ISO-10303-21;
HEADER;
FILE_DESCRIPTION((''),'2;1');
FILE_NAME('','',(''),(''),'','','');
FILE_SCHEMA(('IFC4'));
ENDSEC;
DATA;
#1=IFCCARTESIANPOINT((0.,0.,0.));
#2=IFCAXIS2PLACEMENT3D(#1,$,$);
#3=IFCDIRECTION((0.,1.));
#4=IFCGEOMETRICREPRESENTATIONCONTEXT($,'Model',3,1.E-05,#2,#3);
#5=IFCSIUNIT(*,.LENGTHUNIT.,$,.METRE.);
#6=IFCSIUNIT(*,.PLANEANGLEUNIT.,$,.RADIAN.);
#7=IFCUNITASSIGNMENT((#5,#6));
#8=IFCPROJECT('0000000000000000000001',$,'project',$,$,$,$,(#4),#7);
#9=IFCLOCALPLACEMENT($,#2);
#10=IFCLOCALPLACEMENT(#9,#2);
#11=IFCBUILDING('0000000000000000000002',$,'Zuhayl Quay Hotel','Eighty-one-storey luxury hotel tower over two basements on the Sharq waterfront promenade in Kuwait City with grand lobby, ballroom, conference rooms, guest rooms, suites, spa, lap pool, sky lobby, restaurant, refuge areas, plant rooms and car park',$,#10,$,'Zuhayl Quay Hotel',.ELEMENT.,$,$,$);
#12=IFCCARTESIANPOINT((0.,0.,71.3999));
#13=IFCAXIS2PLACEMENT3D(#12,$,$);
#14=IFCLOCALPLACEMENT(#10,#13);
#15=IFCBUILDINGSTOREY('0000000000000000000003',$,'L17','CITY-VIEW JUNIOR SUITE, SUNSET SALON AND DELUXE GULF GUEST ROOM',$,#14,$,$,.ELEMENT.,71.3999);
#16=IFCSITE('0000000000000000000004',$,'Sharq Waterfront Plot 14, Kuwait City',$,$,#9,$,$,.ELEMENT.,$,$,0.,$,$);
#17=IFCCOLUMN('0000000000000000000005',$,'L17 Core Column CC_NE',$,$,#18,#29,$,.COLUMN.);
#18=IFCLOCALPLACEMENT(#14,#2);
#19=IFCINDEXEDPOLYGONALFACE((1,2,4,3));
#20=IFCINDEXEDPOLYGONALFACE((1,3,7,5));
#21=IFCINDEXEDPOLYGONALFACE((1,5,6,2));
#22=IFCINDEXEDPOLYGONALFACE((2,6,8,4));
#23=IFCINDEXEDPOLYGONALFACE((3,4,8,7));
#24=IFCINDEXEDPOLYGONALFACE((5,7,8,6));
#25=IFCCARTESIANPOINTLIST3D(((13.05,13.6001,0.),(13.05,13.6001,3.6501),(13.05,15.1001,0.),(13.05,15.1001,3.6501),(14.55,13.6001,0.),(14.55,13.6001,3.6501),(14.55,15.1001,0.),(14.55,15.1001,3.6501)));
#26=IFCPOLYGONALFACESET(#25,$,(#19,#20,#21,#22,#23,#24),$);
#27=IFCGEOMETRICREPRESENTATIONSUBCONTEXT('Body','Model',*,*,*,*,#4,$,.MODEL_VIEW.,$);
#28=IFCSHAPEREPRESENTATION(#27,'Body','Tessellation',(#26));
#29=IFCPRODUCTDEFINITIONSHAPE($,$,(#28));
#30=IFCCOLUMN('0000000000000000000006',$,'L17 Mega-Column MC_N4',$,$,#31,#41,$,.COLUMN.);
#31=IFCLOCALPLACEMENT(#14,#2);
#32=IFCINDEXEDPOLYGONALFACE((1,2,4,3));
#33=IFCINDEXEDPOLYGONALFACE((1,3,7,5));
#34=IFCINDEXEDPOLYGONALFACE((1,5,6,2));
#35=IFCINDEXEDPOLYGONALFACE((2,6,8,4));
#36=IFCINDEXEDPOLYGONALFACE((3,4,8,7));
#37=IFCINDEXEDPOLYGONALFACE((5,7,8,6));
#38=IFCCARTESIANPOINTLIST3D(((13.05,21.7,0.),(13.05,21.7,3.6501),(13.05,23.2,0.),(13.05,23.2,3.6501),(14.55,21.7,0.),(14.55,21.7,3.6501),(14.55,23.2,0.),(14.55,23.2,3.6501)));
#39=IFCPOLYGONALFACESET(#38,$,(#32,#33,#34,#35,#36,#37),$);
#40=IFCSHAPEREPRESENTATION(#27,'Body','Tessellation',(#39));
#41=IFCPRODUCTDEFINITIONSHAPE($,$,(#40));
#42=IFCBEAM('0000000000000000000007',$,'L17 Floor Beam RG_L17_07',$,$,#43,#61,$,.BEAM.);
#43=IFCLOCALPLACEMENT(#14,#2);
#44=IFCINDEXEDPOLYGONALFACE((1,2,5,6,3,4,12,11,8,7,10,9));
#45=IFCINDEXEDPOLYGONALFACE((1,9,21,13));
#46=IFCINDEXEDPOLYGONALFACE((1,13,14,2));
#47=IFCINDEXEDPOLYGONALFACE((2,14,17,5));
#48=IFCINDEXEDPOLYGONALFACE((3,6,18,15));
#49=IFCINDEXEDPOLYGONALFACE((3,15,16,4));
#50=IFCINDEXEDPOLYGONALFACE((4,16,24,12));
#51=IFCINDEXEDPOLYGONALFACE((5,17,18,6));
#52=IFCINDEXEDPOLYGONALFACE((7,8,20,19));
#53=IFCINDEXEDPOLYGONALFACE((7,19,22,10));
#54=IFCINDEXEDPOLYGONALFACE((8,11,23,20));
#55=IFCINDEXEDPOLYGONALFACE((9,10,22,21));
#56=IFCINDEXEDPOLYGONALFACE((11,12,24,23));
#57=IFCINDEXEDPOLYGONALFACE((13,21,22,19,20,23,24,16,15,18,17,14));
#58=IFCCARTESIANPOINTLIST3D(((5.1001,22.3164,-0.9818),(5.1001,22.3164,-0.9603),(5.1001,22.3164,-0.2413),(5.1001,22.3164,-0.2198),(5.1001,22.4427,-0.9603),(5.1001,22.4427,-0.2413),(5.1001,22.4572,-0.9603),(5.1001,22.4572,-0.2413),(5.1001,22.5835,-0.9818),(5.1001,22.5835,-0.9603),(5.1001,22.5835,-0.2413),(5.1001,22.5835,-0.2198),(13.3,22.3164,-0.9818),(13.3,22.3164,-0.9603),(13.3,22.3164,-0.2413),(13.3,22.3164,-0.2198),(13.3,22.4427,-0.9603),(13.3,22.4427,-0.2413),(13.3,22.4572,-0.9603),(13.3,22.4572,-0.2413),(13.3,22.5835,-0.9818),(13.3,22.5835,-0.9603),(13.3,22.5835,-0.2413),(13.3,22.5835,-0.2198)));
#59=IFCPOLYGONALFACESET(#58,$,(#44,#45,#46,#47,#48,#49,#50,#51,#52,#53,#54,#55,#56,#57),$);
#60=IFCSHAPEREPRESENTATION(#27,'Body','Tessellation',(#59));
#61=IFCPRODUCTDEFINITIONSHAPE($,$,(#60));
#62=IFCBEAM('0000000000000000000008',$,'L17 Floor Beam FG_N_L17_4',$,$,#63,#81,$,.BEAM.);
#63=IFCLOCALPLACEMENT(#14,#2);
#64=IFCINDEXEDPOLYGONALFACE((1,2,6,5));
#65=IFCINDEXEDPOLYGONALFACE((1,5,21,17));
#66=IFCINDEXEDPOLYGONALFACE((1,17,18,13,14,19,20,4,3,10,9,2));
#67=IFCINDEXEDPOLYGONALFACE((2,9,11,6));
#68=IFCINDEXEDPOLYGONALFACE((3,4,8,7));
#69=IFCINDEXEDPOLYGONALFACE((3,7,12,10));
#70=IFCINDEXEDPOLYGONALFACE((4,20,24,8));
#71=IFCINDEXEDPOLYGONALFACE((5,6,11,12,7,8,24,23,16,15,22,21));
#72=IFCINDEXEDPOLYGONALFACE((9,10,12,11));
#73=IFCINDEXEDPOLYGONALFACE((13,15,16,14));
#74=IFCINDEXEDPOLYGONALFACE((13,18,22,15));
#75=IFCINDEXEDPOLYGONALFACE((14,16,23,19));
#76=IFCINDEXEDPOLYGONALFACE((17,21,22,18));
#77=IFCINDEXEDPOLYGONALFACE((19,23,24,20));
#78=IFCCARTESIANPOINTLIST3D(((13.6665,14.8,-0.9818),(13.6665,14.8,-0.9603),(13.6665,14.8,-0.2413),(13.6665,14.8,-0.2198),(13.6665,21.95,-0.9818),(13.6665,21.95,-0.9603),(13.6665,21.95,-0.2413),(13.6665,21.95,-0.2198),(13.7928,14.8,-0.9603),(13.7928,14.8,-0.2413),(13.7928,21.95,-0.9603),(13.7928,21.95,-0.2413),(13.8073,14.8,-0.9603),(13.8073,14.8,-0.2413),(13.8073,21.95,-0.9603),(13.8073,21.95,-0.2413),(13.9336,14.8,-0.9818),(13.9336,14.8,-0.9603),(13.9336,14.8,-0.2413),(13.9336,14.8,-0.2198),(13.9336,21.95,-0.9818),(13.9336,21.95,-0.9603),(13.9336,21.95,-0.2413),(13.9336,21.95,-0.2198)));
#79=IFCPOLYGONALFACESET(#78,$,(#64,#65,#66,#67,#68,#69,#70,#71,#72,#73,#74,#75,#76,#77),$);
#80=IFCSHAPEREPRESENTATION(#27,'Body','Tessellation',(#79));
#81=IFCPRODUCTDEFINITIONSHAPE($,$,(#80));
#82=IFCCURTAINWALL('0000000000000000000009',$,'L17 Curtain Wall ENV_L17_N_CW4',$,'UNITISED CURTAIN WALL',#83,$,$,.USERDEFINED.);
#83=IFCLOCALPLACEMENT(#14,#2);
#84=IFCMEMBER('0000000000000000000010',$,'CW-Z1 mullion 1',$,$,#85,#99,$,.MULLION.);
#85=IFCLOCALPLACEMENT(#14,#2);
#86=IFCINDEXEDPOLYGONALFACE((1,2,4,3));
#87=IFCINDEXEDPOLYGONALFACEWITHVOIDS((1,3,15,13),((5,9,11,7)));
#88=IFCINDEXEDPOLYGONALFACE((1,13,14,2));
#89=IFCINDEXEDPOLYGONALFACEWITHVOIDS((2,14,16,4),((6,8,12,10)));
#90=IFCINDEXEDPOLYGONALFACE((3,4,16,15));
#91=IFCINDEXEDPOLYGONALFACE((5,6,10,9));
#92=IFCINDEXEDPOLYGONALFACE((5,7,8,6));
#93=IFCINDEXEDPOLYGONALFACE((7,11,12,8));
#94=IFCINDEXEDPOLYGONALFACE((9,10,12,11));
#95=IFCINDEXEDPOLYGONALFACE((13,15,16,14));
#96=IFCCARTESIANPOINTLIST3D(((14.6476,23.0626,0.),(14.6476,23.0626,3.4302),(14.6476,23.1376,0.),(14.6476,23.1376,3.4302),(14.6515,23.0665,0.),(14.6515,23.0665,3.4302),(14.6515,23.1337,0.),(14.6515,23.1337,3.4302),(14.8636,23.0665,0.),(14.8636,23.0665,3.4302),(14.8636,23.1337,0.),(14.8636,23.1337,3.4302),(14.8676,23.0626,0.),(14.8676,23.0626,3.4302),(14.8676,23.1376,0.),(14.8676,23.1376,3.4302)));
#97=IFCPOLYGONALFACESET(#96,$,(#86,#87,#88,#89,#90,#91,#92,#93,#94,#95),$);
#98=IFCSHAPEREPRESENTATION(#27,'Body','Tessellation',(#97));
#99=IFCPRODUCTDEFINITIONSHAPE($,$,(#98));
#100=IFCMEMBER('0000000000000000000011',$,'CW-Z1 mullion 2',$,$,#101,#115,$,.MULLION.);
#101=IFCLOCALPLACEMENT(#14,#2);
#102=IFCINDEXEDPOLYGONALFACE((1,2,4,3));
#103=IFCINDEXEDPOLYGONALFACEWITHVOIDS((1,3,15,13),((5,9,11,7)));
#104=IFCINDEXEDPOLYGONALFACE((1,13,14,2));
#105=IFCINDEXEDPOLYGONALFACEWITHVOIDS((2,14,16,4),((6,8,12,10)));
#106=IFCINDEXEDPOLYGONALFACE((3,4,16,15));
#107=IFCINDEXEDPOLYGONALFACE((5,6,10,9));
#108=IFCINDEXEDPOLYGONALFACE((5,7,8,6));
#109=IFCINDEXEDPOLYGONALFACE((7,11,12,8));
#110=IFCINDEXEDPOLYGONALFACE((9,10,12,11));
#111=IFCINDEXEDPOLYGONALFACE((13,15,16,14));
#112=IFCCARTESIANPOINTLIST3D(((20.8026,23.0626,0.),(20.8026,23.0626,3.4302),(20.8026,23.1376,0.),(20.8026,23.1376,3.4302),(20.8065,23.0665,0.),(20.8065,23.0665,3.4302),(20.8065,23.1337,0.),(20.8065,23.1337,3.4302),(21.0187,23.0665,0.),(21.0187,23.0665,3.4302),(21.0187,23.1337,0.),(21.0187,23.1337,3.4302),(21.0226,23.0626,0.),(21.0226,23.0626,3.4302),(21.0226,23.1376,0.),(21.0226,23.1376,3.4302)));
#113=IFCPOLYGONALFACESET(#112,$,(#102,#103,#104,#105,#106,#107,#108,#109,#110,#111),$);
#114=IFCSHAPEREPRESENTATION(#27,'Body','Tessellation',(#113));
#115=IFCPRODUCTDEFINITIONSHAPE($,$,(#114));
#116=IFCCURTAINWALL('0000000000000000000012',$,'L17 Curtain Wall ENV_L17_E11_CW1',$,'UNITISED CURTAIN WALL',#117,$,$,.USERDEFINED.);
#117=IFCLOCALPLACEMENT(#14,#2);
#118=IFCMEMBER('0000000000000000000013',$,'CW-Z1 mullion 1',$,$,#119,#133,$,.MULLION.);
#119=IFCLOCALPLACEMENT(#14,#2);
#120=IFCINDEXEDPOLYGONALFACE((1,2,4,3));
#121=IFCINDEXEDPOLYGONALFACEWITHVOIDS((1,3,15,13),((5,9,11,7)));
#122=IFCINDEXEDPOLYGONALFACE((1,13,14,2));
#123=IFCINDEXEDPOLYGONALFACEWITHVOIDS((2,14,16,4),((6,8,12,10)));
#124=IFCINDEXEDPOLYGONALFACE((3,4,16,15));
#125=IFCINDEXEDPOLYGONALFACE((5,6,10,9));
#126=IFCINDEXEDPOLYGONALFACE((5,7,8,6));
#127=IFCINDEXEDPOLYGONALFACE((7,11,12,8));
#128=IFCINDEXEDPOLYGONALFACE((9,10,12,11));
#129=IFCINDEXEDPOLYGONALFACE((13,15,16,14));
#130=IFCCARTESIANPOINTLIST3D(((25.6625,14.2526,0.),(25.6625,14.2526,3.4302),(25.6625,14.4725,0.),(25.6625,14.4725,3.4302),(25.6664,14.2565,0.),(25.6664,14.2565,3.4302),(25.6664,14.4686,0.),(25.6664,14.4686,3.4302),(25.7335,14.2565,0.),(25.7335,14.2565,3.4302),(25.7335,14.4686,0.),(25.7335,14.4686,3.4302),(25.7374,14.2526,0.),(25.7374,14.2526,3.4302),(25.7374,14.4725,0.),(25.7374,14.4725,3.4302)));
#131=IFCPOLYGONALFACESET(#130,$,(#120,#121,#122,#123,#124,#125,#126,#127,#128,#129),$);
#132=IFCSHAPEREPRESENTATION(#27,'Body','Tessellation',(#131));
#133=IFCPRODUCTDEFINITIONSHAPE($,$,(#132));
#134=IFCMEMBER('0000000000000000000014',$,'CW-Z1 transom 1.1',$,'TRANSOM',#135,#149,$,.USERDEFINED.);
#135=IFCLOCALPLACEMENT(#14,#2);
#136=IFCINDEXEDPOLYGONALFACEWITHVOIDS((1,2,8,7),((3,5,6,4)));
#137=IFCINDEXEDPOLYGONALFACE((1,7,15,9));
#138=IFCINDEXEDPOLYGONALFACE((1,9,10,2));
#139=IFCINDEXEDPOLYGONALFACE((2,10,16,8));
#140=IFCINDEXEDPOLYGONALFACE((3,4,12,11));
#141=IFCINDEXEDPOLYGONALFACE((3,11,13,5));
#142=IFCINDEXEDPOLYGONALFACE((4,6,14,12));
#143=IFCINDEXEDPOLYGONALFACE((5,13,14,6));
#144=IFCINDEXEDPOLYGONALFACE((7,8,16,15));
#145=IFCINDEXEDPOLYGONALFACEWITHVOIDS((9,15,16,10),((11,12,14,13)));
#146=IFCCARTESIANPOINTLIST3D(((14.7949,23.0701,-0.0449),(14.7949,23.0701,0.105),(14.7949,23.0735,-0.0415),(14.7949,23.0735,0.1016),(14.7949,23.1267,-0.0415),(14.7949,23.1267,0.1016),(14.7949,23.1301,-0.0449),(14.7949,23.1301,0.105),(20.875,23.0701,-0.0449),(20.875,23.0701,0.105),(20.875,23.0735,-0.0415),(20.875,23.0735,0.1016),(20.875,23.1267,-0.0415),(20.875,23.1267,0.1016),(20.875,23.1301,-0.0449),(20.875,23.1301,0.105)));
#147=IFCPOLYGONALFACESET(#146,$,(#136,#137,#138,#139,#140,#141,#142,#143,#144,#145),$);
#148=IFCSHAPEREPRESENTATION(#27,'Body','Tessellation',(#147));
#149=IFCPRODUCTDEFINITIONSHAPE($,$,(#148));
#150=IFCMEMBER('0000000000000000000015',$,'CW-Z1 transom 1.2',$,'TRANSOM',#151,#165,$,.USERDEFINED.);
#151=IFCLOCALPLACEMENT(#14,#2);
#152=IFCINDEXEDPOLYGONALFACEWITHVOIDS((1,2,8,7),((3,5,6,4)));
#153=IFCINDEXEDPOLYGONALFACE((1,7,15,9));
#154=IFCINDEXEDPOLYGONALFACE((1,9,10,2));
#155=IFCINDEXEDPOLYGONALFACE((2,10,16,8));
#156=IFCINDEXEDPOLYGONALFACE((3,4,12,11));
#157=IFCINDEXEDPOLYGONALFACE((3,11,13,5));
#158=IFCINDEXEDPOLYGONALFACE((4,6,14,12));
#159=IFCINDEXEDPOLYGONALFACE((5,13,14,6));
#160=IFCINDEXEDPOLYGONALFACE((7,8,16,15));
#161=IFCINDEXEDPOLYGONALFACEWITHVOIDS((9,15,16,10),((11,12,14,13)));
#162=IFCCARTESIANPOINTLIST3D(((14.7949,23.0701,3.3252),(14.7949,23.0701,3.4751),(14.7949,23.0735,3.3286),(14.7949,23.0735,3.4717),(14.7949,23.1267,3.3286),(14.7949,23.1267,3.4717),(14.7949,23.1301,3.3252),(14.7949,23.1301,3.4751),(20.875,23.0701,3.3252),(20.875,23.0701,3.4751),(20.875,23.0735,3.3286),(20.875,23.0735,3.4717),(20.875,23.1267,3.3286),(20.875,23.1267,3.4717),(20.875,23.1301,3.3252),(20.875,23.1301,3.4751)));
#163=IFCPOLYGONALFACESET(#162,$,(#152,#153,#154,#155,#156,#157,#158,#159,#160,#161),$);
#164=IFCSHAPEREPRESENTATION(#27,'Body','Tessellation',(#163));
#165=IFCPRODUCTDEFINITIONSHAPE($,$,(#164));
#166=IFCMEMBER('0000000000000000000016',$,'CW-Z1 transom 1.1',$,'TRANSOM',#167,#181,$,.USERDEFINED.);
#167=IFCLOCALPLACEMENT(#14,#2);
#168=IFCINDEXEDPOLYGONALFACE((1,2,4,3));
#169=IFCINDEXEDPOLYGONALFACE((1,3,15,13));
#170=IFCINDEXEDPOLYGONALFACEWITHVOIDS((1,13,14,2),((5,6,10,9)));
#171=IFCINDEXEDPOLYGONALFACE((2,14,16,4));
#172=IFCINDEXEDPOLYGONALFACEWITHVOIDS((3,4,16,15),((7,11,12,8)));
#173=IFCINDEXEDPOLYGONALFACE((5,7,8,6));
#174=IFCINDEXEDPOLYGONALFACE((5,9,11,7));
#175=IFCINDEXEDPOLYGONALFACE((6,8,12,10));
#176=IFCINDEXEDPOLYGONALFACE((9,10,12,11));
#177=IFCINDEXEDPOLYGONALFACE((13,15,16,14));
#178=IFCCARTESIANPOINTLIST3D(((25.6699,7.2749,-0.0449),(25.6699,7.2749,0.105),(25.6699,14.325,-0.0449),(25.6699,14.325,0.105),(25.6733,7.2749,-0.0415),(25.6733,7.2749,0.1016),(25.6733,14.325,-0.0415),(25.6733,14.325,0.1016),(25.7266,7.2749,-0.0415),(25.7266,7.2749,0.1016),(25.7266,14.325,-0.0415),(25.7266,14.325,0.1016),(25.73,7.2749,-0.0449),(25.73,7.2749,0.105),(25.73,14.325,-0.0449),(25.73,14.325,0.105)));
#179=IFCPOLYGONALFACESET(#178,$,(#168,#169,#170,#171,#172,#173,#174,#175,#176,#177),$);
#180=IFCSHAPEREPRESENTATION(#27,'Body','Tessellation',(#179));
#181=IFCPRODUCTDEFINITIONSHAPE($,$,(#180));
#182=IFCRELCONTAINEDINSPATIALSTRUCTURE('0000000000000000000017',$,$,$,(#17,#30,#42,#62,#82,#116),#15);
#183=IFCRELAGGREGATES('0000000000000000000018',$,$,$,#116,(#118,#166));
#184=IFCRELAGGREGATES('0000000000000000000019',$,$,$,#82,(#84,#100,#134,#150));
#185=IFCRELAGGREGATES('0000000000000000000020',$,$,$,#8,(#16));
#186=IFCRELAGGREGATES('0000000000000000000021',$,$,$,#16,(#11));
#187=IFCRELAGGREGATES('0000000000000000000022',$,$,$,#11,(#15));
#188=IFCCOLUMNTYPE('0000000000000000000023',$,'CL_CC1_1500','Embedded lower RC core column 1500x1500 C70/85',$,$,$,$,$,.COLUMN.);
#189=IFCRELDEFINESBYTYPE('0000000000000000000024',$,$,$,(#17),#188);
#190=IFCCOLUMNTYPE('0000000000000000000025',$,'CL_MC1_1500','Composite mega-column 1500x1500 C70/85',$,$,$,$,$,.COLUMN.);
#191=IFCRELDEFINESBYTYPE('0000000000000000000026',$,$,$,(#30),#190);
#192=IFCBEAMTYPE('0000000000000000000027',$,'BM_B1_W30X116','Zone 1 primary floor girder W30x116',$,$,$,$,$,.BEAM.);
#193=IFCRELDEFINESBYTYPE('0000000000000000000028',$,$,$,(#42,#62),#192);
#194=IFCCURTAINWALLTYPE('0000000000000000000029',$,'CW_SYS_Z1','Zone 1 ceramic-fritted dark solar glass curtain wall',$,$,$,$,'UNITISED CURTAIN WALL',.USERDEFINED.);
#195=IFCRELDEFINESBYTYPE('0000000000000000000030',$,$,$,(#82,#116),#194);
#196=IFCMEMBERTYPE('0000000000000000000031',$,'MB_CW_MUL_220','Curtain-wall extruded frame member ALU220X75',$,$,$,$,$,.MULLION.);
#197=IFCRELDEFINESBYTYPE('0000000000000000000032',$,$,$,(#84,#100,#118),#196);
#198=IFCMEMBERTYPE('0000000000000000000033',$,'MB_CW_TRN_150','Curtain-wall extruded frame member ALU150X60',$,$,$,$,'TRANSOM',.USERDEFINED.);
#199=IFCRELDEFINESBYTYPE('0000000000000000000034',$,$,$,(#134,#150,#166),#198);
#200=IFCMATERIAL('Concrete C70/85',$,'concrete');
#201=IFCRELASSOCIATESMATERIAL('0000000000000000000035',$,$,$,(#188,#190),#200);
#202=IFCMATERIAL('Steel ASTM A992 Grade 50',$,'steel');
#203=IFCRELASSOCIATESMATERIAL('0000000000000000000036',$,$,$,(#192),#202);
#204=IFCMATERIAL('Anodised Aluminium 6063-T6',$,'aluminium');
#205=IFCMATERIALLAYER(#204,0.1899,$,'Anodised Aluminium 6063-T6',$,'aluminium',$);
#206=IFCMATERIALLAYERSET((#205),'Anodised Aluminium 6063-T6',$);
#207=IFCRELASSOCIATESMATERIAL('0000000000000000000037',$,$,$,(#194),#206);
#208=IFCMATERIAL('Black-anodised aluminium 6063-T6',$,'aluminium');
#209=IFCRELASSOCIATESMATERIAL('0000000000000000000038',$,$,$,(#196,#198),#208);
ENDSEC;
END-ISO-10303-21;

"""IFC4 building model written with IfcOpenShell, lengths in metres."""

from ifc_helpers import new_model, si_unit, direction, frame, origin, origin_2d, place, context, subcontext, project, spatial, rectangle, hollow_rectangle, i_section, extrude, material, layer, layer_set, material_profile, profile_set, type_object, element, aggregate, save


model = new_model("IFC4")

# Units and contexts
model_context = context("Model", 3, precision=1e-05, world=origin(), true_north=direction((0.0, 1.0)))
body_context = subcontext(model_context, "Body", "Model", "MODEL_VIEW")
ifc_project = project(units=[si_unit("LENGTHUNIT", "METRE"), si_unit("PLANEANGLEUNIT", "RADIAN")], contexts=[model_context])

# Site, building, storey
site_placement = place(None, origin())
site = spatial("IfcSite", under=ifc_project, at=site_placement, Name="Sharq Waterfront Plot 14, Kuwait City", CompositionType="ELEMENT", RefElevation=0.0)
building_placement = place(site_placement, origin())
building = spatial("IfcBuilding", under=site, at=building_placement, Name="Zuhayl Quay Hotel", Description="Eighty-one-storey luxury hotel tower over two basements on the Sharq waterfront promenade in Kuwait City with grand lobby, ballroom, conference rooms, guest rooms, suites, spa, lap pool, sky lobby, restaurant, refuge areas, plant rooms and car park", LongName="Zuhayl Quay Hotel", CompositionType="ELEMENT")
storey_placement = place(building_placement, frame((0.0, 0.0, 71.3999)))
storey = spatial("IfcBuildingStorey", under=building, at=storey_placement, Name="L17", Description="CITY-VIEW JUNIOR SUITE, SUNSET SALON AND DELUXE GULF GUEST ROOM", CompositionType="ELEMENT", Elevation=71.3999)

# Columns
ifc_material_1 = material(Name="Concrete C70/85", Category="concrete")
ifc_material_profile_1 = material_profile(ifc_material_1, rectangle(XDim=1.5, YDim=1.5, at=origin_2d()), Name="RC1500X1500")
ifc_profile_set_1 = profile_set([ifc_material_profile_1], Name="Concrete C70/85")
column_type_1 = type_object("IfcColumnType", Name="CL_CC1_1500", Description="Embedded lower RC core column 1500x1500 C70/85", PredefinedType="COLUMN", material=ifc_profile_set_1)
column_1_placement = place(storey_placement, frame((13.8, 14.3501, 0.0), z_axis=(0.0, 0.0, 1.0), x_axis=(1.0, 0.0, 0.0)))
element("IfcColumn", 1, at=column_1_placement, inside=storey, type_object=column_type_1, Name="L17 Core Column CC_NE", PredefinedType="COLUMN", context=body_context, shape_type="SweptSolid", body=[
    extrude(rectangle(XDim=1.5, YDim=1.5, at=origin_2d()), origin(), (0.0, 0.0, 1.0), 3.6501),
])
ifc_material_profile_2 = material_profile(ifc_material_1, rectangle(XDim=1.5, YDim=1.5, at=origin_2d()), Name="RC1500X1500")
ifc_profile_set_2 = profile_set([ifc_material_profile_2], Name="Concrete C70/85")
column_type_2 = type_object("IfcColumnType", Name="CL_MC1_1500", Description="Composite mega-column 1500x1500 C70/85", PredefinedType="COLUMN", material=ifc_profile_set_2)
column_2_placement = place(storey_placement, frame((13.8, 22.45, 0.0), z_axis=(0.0, 0.0, 1.0), x_axis=(1.0, 0.0, 0.0)))
element("IfcColumn", 2, at=column_2_placement, inside=storey, type_object=column_type_2, Name="L17 Mega-Column MC_N4", PredefinedType="COLUMN", context=body_context, shape_type="SweptSolid", body=[
    extrude(rectangle(XDim=1.5, YDim=1.5, at=origin_2d()), origin(), (0.0, 0.0, 1.0), 3.6501),
])

# Beams
ifc_material_2 = material(Name="Steel ASTM A992 Grade 50", Category="steel")
ifc_material_profile_3 = material_profile(ifc_material_2, i_section(OverallWidth=0.2671, OverallDepth=0.762, WebThickness=0.0144, FlangeThickness=0.0215, at=origin_2d()), Name="W30X116")
ifc_profile_set_3 = profile_set([ifc_material_profile_3], Name="Steel ASTM A992 Grade 50")
beam_type = type_object("IfcBeamType", Name="BM_B1_W30X116", Description="Zone 1 primary floor girder W30x116", PredefinedType="BEAM", material=ifc_profile_set_3)
beam_1_placement = place(storey_placement, frame((13.3, 22.45, -0.6008), z_axis=(-1.0, 0.0, 0.0), x_axis=(0.0, -1.0, 0.0)))
element("IfcBeam", 3, at=beam_1_placement, inside=storey, type_object=beam_type, Name="L17 Floor Beam RG_L17_07", PredefinedType="BEAM", context=body_context, shape_type="SweptSolid", body=[
    extrude(i_section(OverallWidth=0.2671, OverallDepth=0.762, WebThickness=0.0144, FlangeThickness=0.0215, at=origin_2d()), origin(), (0.0, 0.0, 1.0), 8.2),
])
beam_2_placement = place(storey_placement, frame((13.8, 14.8, -0.6008), z_axis=(0.0, 1.0, 0.0), x_axis=(-1.0, 0.0, 0.0)))
element("IfcBeam", 4, at=beam_2_placement, inside=storey, type_object=beam_type, Name="L17 Floor Beam FG_N_L17_4", PredefinedType="BEAM", context=body_context, shape_type="SweptSolid", body=[
    extrude(i_section(OverallWidth=0.2671, OverallDepth=0.762, WebThickness=0.0144, FlangeThickness=0.0215, at=origin_2d()), origin(), (0.0, 0.0, 1.0), 7.1499),
])

# Curtain wall, members
ifc_material_3 = material(Name="Anodised Aluminium 6063-T6", Category="aluminium")
ifc_layer_1 = layer(ifc_material_3, 0.1899, Name="Anodised Aluminium 6063-T6", Category="aluminium")
ifc_layer_set_1 = layer_set([ifc_layer_1], Name="Anodised Aluminium 6063-T6")
curtain_wall_type = type_object("IfcCurtainWallType", Name="CW_SYS_Z1", Description="Zone 1 ceramic-fritted dark solar glass curtain wall", ElementType="UNITISED CURTAIN WALL", PredefinedType="USERDEFINED", material=ifc_layer_set_1)
curtain_wall_1_placement = place(storey_placement, origin())
curtain_wall_1 = element("IfcCurtainWall", 5, at=curtain_wall_1_placement, inside=storey, type_object=curtain_wall_type, Name="L17 Curtain Wall ENV_L17_N_CW4", ObjectType="UNITISED CURTAIN WALL", PredefinedType="USERDEFINED")
ifc_material_4 = material(Name="Black-anodised aluminium 6063-T6", Category="aluminium")
ifc_material_profile_4 = material_profile(ifc_material_4, hollow_rectangle(XDim=0.075, YDim=0.22, WallThickness=0.0039, at=origin_2d()), Name="ALU220X75")
ifc_profile_set_4 = profile_set([ifc_material_profile_4], Name="Black-anodised aluminium 6063-T6")
member_type_1 = type_object("IfcMemberType", Name="MB_CW_MUL_220", Description="Curtain-wall extruded frame member ALU220X75", PredefinedType="MULLION", material=ifc_profile_set_4)
member_1_placement = place(storey_placement, frame((14.7576, 23.1001, 0.0), z_axis=(0.0, 0.0, 1.0), x_axis=(0.0, 1.0, 0.0)))
member_1 = element("IfcMember", 6, at=member_1_placement, type_object=member_type_1, Name="CW-Z1 mullion 1", PredefinedType="MULLION", context=body_context, shape_type="SweptSolid", body=[
    extrude(hollow_rectangle(XDim=0.075, YDim=0.22, WallThickness=0.0039, at=origin_2d()), origin(), (0.0, 0.0, 1.0), 3.4302),
])
member_2_placement = place(storey_placement, frame((20.9126, 23.1001, 0.0), z_axis=(0.0, 0.0, 1.0), x_axis=(0.0, 1.0, 0.0)))
member_2 = element("IfcMember", 7, at=member_2_placement, type_object=member_type_1, Name="CW-Z1 mullion 2", PredefinedType="MULLION", context=body_context, shape_type="SweptSolid", body=[
    extrude(hollow_rectangle(XDim=0.075, YDim=0.22, WallThickness=0.0039, at=origin_2d()), origin(), (0.0, 0.0, 1.0), 3.4302),
])

# Curtain wall, member
curtain_wall_2_placement = place(storey_placement, origin())
curtain_wall_2 = element("IfcCurtainWall", 8, at=curtain_wall_2_placement, inside=storey, type_object=curtain_wall_type, Name="L17 Curtain Wall ENV_L17_E11_CW1", ObjectType="UNITISED CURTAIN WALL", PredefinedType="USERDEFINED")
member_3_placement = place(storey_placement, frame((25.7, 14.3625, 0.0), z_axis=(0.0, 0.0, 1.0), x_axis=(1.0, 0.0, 0.0)))
member_3 = element("IfcMember", 9, at=member_3_placement, type_object=member_type_1, Name="CW-Z1 mullion 1", PredefinedType="MULLION", context=body_context, shape_type="SweptSolid", body=[
    extrude(hollow_rectangle(XDim=0.075, YDim=0.22, WallThickness=0.0039, at=origin_2d()), origin(), (0.0, 0.0, 1.0), 3.4302),
])

# Members
ifc_material_profile_5 = material_profile(ifc_material_4, hollow_rectangle(XDim=0.0601, YDim=0.1499, WallThickness=0.0034, at=origin_2d()), Name="ALU150X60")
ifc_profile_set_5 = profile_set([ifc_material_profile_5], Name="Black-anodised aluminium 6063-T6")
member_type_2 = type_object("IfcMemberType", Name="MB_CW_TRN_150", Description="Curtain-wall extruded frame member ALU150X60", ElementType="TRANSOM", PredefinedType="USERDEFINED", material=ifc_profile_set_5)
member_4_placement = place(storey_placement, frame((14.7949, 23.1001, 0.03), z_axis=(1.0, 0.0, 0.0), x_axis=(0.0, 1.0, 0.0)))
member_4 = element("IfcMember", 10, at=member_4_placement, type_object=member_type_2, Name="CW-Z1 transom 1.1", ObjectType="TRANSOM", PredefinedType="USERDEFINED", context=body_context, shape_type="SweptSolid", body=[
    extrude(hollow_rectangle(XDim=0.0601, YDim=0.1499, WallThickness=0.0034, at=origin_2d()), origin(), (0.0, 0.0, 1.0), 6.0801),
])
member_5_placement = place(storey_placement, frame((14.7949, 23.1001, 3.4001), z_axis=(1.0, 0.0, 0.0), x_axis=(0.0, 1.0, 0.0)))
member_5 = element("IfcMember", 11, at=member_5_placement, type_object=member_type_2, Name="CW-Z1 transom 1.2", ObjectType="TRANSOM", PredefinedType="USERDEFINED", context=body_context, shape_type="SweptSolid", body=[
    extrude(hollow_rectangle(XDim=0.0601, YDim=0.1499, WallThickness=0.0034, at=origin_2d()), origin(), (0.0, 0.0, 1.0), 6.0801),
])
member_6_placement = place(storey_placement, frame((25.7, 14.325, 0.03), z_axis=(0.0, -1.0, 0.0), x_axis=(1.0, 0.0, 0.0)))
member_6 = element("IfcMember", 12, at=member_6_placement, type_object=member_type_2, Name="CW-Z1 transom 1.1", ObjectType="TRANSOM", PredefinedType="USERDEFINED", context=body_context, shape_type="SweptSolid", body=[
    extrude(hollow_rectangle(XDim=0.0601, YDim=0.1499, WallThickness=0.0034, at=origin_2d()), origin(), (0.0, 0.0, 1.0), 7.05),
])
aggregate(curtain_wall_2, [member_3, member_6])

aggregate(curtain_wall_1, [member_1, member_2, member_4, member_5])

save(model, "model.ifc")
